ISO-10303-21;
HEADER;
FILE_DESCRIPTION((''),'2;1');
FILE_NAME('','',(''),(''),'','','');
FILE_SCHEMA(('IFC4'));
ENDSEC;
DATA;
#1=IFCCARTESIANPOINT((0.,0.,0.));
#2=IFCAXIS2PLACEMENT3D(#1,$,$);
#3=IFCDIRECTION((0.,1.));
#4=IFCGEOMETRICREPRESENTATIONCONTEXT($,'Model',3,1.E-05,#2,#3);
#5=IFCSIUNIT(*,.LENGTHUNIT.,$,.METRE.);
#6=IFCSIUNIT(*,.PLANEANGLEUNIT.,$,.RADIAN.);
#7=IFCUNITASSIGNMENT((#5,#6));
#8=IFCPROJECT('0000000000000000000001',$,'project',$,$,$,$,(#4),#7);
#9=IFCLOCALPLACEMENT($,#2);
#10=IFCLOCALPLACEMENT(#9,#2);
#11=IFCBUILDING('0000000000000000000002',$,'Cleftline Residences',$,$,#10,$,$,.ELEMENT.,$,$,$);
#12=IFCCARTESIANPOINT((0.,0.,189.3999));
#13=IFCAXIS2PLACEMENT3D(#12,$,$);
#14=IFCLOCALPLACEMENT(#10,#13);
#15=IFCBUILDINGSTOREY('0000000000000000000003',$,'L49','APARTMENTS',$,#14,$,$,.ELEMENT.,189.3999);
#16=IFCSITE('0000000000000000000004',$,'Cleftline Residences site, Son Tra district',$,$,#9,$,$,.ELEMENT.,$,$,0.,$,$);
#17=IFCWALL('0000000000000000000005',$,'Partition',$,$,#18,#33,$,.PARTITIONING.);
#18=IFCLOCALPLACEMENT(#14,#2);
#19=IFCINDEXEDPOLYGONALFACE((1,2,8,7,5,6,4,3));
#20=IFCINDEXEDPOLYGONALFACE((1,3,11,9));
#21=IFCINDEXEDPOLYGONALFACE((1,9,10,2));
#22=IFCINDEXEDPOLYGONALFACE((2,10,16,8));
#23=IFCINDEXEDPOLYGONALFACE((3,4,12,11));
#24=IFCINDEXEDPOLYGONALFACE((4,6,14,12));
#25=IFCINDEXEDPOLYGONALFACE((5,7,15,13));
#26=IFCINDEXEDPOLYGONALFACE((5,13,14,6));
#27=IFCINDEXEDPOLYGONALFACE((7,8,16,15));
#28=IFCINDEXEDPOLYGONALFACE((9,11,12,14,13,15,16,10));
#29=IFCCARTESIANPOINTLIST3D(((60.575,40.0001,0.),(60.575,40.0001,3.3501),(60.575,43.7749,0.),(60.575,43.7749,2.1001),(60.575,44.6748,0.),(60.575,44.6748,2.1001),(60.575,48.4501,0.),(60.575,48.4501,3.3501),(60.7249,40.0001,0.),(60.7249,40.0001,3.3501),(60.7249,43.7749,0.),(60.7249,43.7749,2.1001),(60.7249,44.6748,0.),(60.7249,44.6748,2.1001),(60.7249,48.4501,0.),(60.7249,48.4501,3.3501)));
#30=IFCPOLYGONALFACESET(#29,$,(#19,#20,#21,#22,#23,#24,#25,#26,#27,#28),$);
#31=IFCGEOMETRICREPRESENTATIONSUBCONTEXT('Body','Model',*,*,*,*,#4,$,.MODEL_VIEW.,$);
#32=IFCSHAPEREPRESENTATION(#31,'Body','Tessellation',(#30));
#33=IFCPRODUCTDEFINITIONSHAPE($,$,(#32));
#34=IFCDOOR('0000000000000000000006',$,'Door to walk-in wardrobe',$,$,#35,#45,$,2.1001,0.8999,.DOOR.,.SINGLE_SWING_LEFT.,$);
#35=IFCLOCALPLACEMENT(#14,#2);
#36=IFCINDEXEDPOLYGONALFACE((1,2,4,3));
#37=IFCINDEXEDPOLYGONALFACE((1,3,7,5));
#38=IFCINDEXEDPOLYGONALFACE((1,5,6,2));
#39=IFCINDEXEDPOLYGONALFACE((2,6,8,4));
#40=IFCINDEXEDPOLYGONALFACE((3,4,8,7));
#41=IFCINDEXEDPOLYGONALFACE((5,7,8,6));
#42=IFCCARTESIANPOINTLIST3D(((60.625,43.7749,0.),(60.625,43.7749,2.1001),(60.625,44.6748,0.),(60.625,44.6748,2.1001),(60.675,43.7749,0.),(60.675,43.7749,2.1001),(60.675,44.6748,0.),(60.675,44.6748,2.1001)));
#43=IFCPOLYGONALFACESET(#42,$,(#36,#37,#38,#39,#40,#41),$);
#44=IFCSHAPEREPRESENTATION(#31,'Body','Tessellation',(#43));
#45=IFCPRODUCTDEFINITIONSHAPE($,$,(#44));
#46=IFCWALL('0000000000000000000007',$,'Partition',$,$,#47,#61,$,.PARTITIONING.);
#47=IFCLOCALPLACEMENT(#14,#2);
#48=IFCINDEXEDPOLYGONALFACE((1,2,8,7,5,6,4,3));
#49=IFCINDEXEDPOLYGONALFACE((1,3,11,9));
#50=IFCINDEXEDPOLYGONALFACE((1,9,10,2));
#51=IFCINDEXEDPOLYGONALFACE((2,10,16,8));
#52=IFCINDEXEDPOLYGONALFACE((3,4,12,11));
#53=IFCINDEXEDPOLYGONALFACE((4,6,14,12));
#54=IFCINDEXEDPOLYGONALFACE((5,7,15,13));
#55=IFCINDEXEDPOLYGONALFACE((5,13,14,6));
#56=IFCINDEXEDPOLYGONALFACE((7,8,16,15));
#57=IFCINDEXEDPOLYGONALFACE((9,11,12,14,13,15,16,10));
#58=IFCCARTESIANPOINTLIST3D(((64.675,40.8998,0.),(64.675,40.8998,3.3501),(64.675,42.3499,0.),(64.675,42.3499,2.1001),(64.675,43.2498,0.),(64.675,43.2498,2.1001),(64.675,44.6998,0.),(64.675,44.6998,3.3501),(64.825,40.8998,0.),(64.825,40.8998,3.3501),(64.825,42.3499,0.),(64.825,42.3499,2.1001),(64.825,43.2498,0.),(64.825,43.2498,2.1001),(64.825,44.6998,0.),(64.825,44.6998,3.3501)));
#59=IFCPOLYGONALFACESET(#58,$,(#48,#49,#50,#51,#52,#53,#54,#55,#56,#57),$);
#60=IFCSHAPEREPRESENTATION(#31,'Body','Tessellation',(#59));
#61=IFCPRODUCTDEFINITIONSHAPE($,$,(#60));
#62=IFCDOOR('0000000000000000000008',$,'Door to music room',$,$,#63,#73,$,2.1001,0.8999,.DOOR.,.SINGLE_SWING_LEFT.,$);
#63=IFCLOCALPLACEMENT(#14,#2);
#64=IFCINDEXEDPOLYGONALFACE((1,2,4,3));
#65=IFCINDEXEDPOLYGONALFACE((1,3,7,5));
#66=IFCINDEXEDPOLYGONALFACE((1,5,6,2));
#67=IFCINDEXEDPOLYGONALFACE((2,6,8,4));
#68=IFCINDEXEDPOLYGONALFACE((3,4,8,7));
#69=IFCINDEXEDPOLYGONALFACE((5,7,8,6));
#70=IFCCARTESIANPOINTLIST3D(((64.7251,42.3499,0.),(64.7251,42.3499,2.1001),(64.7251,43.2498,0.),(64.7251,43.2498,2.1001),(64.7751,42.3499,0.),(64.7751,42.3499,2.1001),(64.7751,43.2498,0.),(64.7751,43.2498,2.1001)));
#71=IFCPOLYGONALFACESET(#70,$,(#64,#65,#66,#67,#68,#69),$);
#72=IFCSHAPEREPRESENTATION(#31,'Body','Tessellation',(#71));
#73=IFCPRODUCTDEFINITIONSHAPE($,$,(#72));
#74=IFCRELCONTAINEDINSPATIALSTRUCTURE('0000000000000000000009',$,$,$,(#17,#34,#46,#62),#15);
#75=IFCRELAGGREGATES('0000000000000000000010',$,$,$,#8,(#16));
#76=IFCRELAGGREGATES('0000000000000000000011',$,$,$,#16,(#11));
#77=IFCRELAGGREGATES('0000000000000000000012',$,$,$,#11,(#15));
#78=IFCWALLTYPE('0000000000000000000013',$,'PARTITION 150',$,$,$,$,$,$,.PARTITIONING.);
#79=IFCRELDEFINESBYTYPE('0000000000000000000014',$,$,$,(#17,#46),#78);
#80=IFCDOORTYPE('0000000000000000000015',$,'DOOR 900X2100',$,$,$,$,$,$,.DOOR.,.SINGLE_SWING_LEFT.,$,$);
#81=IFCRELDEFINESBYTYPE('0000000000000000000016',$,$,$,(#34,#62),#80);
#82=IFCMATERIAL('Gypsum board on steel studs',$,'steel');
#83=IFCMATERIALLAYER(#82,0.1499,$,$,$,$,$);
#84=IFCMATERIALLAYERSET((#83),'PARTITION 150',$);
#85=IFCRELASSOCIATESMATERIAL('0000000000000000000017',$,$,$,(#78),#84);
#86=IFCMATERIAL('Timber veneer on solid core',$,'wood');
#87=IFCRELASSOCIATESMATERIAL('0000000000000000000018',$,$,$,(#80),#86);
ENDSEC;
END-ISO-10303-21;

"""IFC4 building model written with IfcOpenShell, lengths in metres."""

from ifc_helpers import new_model, si_unit, direction, frame, frame_2d, origin, place, context, subcontext, project, spatial, rectangle, extrude, material, layer, layer_set, type_object, element, fill, save


model = new_model("IFC4")

# Units and contexts
model_context = context("Model", 3, precision=1e-05, world=origin(), true_north=direction((0.0, 1.0)))
body_context = subcontext(model_context, "Body", "Model", "MODEL_VIEW")
ifc_project = project(units=[si_unit("LENGTHUNIT", "METRE"), si_unit("PLANEANGLEUNIT", "RADIAN")], contexts=[model_context])

# Site, building, storey
site_placement = place(None, origin())
site = spatial("IfcSite", under=ifc_project, at=site_placement, Name="Cleftline Residences site, Son Tra district", CompositionType="ELEMENT", RefElevation=0.0)
building_placement = place(site_placement, origin())
building = spatial("IfcBuilding", under=site, at=building_placement, Name="Cleftline Residences", CompositionType="ELEMENT")
storey_placement = place(building_placement, frame((0.0, 0.0, 189.3999)))
storey = spatial("IfcBuildingStorey", under=building, at=storey_placement, Name="L49", Description="APARTMENTS", CompositionType="ELEMENT", Elevation=189.3999)

# Walls, openings, doors
ifc_material_1 = material(Name="Gypsum board on steel studs", Category="steel")
ifc_layer_1 = layer(ifc_material_1, 0.1499)
ifc_layer_set_1 = layer_set([ifc_layer_1], Name="PARTITION 150")
wall_type_1 = type_object("IfcWallType", Name="PARTITION 150", PredefinedType="PARTITIONING", material=ifc_layer_set_1)
wall_1_placement = place(storey_placement, frame((60.6499, 40.0, 0.0), z_axis=(0.0, 0.0, 1.0), x_axis=(0.0, 1.0, 0.0)))
wall_1 = element("IfcWall", 1, at=wall_1_placement, inside=storey, type_object=wall_type_1, Name="Partition", PredefinedType="PARTITIONING", context=body_context, shape_type="SweptSolid", body=[
    extrude(rectangle(XDim=8.45, YDim=0.1499, at=frame_2d((4.2251, 0.0))), origin(), (0.0, 0.0, 1.0), 3.3501),
])
opening_1_placement = place(wall_1_placement, frame((3.7749, 0.0, 0.0)))
opening_1 = element("IfcOpeningElement", 2, at=opening_1_placement, cuts=wall_1, PredefinedType="OPENING", context=body_context, shape_type="SweptSolid", body=[
    extrude(rectangle(XDim=0.8999, YDim=2.1001, at=frame_2d((0.45, 1.05))), frame((0.0, 0.085, 0.0), z_axis=(0.0, -1.0, 0.0), x_axis=(1.0, 0.0, 0.0)), (0.0, 0.0, 1.0), 0.1699),
])
ifc_material_2 = material(Name="Timber veneer on solid core", Category="wood")
door_type = type_object("IfcDoorType", Name="DOOR 900X2100", OperationType="SINGLE_SWING_LEFT", PredefinedType="DOOR", material=ifc_material_2)
door_1_placement = place(opening_1_placement, origin())
door_1 = element("IfcDoor", 3, at=door_1_placement, inside=storey, type_object=door_type, Name="Door to walk-in wardrobe", OperationType="SINGLE_SWING_LEFT", OverallHeight=2.1001, OverallWidth=0.8999, PredefinedType="DOOR", context=body_context, shape_type="SweptSolid", body=[
    extrude(rectangle(XDim=0.8999, YDim=2.1001, at=frame_2d((0.45, 1.05))), frame((0.0, 0.0249, 0.0), z_axis=(0.0, -1.0, 0.0), x_axis=(1.0, 0.0, 0.0)), (0.0, 0.0, 1.0), 0.05),
])
fill(opening_1, door_1)
wall_2_placement = place(storey_placement, frame((64.75, 40.8999, 0.0), z_axis=(0.0, 0.0, 1.0), x_axis=(0.0, 1.0, 0.0)))
wall_2 = element("IfcWall", 4, at=wall_2_placement, inside=storey, type_object=wall_type_1, Name="Partition", PredefinedType="PARTITIONING", context=body_context, shape_type="SweptSolid", body=[
    extrude(rectangle(XDim=3.8, YDim=0.1499, at=frame_2d((1.8999, 0.0))), origin(), (0.0, 0.0, 1.0), 3.3501),
])
opening_2_placement = place(wall_2_placement, frame((1.45, 0.0, 0.0)))
opening_2 = element("IfcOpeningElement", 5, at=opening_2_placement, cuts=wall_2, PredefinedType="OPENING", context=body_context, shape_type="SweptSolid", body=[
    extrude(rectangle(XDim=0.8999, YDim=2.1001, at=frame_2d((0.45, 1.05))), frame((0.0, 0.085, 0.0), z_axis=(0.0, -1.0, 0.0), x_axis=(1.0, 0.0, 0.0)), (0.0, 0.0, 1.0), 0.1699),
])
door_2_placement = place(opening_2_placement, origin())
door_2 = element("IfcDoor", 6, at=door_2_placement, inside=storey, type_object=door_type, Name="Door to music room", OperationType="SINGLE_SWING_LEFT", OverallHeight=2.1001, OverallWidth=0.8999, PredefinedType="DOOR", context=body_context, shape_type="SweptSolid", body=[
    extrude(rectangle(XDim=0.8999, YDim=2.1001, at=frame_2d((0.45, 1.05))), frame((0.0, 0.0249, 0.0), z_axis=(0.0, -1.0, 0.0), x_axis=(1.0, 0.0, 0.0)), (0.0, 0.0, 1.0), 0.05),
])
fill(opening_2, door_2)

save(model, "model.ifc")
